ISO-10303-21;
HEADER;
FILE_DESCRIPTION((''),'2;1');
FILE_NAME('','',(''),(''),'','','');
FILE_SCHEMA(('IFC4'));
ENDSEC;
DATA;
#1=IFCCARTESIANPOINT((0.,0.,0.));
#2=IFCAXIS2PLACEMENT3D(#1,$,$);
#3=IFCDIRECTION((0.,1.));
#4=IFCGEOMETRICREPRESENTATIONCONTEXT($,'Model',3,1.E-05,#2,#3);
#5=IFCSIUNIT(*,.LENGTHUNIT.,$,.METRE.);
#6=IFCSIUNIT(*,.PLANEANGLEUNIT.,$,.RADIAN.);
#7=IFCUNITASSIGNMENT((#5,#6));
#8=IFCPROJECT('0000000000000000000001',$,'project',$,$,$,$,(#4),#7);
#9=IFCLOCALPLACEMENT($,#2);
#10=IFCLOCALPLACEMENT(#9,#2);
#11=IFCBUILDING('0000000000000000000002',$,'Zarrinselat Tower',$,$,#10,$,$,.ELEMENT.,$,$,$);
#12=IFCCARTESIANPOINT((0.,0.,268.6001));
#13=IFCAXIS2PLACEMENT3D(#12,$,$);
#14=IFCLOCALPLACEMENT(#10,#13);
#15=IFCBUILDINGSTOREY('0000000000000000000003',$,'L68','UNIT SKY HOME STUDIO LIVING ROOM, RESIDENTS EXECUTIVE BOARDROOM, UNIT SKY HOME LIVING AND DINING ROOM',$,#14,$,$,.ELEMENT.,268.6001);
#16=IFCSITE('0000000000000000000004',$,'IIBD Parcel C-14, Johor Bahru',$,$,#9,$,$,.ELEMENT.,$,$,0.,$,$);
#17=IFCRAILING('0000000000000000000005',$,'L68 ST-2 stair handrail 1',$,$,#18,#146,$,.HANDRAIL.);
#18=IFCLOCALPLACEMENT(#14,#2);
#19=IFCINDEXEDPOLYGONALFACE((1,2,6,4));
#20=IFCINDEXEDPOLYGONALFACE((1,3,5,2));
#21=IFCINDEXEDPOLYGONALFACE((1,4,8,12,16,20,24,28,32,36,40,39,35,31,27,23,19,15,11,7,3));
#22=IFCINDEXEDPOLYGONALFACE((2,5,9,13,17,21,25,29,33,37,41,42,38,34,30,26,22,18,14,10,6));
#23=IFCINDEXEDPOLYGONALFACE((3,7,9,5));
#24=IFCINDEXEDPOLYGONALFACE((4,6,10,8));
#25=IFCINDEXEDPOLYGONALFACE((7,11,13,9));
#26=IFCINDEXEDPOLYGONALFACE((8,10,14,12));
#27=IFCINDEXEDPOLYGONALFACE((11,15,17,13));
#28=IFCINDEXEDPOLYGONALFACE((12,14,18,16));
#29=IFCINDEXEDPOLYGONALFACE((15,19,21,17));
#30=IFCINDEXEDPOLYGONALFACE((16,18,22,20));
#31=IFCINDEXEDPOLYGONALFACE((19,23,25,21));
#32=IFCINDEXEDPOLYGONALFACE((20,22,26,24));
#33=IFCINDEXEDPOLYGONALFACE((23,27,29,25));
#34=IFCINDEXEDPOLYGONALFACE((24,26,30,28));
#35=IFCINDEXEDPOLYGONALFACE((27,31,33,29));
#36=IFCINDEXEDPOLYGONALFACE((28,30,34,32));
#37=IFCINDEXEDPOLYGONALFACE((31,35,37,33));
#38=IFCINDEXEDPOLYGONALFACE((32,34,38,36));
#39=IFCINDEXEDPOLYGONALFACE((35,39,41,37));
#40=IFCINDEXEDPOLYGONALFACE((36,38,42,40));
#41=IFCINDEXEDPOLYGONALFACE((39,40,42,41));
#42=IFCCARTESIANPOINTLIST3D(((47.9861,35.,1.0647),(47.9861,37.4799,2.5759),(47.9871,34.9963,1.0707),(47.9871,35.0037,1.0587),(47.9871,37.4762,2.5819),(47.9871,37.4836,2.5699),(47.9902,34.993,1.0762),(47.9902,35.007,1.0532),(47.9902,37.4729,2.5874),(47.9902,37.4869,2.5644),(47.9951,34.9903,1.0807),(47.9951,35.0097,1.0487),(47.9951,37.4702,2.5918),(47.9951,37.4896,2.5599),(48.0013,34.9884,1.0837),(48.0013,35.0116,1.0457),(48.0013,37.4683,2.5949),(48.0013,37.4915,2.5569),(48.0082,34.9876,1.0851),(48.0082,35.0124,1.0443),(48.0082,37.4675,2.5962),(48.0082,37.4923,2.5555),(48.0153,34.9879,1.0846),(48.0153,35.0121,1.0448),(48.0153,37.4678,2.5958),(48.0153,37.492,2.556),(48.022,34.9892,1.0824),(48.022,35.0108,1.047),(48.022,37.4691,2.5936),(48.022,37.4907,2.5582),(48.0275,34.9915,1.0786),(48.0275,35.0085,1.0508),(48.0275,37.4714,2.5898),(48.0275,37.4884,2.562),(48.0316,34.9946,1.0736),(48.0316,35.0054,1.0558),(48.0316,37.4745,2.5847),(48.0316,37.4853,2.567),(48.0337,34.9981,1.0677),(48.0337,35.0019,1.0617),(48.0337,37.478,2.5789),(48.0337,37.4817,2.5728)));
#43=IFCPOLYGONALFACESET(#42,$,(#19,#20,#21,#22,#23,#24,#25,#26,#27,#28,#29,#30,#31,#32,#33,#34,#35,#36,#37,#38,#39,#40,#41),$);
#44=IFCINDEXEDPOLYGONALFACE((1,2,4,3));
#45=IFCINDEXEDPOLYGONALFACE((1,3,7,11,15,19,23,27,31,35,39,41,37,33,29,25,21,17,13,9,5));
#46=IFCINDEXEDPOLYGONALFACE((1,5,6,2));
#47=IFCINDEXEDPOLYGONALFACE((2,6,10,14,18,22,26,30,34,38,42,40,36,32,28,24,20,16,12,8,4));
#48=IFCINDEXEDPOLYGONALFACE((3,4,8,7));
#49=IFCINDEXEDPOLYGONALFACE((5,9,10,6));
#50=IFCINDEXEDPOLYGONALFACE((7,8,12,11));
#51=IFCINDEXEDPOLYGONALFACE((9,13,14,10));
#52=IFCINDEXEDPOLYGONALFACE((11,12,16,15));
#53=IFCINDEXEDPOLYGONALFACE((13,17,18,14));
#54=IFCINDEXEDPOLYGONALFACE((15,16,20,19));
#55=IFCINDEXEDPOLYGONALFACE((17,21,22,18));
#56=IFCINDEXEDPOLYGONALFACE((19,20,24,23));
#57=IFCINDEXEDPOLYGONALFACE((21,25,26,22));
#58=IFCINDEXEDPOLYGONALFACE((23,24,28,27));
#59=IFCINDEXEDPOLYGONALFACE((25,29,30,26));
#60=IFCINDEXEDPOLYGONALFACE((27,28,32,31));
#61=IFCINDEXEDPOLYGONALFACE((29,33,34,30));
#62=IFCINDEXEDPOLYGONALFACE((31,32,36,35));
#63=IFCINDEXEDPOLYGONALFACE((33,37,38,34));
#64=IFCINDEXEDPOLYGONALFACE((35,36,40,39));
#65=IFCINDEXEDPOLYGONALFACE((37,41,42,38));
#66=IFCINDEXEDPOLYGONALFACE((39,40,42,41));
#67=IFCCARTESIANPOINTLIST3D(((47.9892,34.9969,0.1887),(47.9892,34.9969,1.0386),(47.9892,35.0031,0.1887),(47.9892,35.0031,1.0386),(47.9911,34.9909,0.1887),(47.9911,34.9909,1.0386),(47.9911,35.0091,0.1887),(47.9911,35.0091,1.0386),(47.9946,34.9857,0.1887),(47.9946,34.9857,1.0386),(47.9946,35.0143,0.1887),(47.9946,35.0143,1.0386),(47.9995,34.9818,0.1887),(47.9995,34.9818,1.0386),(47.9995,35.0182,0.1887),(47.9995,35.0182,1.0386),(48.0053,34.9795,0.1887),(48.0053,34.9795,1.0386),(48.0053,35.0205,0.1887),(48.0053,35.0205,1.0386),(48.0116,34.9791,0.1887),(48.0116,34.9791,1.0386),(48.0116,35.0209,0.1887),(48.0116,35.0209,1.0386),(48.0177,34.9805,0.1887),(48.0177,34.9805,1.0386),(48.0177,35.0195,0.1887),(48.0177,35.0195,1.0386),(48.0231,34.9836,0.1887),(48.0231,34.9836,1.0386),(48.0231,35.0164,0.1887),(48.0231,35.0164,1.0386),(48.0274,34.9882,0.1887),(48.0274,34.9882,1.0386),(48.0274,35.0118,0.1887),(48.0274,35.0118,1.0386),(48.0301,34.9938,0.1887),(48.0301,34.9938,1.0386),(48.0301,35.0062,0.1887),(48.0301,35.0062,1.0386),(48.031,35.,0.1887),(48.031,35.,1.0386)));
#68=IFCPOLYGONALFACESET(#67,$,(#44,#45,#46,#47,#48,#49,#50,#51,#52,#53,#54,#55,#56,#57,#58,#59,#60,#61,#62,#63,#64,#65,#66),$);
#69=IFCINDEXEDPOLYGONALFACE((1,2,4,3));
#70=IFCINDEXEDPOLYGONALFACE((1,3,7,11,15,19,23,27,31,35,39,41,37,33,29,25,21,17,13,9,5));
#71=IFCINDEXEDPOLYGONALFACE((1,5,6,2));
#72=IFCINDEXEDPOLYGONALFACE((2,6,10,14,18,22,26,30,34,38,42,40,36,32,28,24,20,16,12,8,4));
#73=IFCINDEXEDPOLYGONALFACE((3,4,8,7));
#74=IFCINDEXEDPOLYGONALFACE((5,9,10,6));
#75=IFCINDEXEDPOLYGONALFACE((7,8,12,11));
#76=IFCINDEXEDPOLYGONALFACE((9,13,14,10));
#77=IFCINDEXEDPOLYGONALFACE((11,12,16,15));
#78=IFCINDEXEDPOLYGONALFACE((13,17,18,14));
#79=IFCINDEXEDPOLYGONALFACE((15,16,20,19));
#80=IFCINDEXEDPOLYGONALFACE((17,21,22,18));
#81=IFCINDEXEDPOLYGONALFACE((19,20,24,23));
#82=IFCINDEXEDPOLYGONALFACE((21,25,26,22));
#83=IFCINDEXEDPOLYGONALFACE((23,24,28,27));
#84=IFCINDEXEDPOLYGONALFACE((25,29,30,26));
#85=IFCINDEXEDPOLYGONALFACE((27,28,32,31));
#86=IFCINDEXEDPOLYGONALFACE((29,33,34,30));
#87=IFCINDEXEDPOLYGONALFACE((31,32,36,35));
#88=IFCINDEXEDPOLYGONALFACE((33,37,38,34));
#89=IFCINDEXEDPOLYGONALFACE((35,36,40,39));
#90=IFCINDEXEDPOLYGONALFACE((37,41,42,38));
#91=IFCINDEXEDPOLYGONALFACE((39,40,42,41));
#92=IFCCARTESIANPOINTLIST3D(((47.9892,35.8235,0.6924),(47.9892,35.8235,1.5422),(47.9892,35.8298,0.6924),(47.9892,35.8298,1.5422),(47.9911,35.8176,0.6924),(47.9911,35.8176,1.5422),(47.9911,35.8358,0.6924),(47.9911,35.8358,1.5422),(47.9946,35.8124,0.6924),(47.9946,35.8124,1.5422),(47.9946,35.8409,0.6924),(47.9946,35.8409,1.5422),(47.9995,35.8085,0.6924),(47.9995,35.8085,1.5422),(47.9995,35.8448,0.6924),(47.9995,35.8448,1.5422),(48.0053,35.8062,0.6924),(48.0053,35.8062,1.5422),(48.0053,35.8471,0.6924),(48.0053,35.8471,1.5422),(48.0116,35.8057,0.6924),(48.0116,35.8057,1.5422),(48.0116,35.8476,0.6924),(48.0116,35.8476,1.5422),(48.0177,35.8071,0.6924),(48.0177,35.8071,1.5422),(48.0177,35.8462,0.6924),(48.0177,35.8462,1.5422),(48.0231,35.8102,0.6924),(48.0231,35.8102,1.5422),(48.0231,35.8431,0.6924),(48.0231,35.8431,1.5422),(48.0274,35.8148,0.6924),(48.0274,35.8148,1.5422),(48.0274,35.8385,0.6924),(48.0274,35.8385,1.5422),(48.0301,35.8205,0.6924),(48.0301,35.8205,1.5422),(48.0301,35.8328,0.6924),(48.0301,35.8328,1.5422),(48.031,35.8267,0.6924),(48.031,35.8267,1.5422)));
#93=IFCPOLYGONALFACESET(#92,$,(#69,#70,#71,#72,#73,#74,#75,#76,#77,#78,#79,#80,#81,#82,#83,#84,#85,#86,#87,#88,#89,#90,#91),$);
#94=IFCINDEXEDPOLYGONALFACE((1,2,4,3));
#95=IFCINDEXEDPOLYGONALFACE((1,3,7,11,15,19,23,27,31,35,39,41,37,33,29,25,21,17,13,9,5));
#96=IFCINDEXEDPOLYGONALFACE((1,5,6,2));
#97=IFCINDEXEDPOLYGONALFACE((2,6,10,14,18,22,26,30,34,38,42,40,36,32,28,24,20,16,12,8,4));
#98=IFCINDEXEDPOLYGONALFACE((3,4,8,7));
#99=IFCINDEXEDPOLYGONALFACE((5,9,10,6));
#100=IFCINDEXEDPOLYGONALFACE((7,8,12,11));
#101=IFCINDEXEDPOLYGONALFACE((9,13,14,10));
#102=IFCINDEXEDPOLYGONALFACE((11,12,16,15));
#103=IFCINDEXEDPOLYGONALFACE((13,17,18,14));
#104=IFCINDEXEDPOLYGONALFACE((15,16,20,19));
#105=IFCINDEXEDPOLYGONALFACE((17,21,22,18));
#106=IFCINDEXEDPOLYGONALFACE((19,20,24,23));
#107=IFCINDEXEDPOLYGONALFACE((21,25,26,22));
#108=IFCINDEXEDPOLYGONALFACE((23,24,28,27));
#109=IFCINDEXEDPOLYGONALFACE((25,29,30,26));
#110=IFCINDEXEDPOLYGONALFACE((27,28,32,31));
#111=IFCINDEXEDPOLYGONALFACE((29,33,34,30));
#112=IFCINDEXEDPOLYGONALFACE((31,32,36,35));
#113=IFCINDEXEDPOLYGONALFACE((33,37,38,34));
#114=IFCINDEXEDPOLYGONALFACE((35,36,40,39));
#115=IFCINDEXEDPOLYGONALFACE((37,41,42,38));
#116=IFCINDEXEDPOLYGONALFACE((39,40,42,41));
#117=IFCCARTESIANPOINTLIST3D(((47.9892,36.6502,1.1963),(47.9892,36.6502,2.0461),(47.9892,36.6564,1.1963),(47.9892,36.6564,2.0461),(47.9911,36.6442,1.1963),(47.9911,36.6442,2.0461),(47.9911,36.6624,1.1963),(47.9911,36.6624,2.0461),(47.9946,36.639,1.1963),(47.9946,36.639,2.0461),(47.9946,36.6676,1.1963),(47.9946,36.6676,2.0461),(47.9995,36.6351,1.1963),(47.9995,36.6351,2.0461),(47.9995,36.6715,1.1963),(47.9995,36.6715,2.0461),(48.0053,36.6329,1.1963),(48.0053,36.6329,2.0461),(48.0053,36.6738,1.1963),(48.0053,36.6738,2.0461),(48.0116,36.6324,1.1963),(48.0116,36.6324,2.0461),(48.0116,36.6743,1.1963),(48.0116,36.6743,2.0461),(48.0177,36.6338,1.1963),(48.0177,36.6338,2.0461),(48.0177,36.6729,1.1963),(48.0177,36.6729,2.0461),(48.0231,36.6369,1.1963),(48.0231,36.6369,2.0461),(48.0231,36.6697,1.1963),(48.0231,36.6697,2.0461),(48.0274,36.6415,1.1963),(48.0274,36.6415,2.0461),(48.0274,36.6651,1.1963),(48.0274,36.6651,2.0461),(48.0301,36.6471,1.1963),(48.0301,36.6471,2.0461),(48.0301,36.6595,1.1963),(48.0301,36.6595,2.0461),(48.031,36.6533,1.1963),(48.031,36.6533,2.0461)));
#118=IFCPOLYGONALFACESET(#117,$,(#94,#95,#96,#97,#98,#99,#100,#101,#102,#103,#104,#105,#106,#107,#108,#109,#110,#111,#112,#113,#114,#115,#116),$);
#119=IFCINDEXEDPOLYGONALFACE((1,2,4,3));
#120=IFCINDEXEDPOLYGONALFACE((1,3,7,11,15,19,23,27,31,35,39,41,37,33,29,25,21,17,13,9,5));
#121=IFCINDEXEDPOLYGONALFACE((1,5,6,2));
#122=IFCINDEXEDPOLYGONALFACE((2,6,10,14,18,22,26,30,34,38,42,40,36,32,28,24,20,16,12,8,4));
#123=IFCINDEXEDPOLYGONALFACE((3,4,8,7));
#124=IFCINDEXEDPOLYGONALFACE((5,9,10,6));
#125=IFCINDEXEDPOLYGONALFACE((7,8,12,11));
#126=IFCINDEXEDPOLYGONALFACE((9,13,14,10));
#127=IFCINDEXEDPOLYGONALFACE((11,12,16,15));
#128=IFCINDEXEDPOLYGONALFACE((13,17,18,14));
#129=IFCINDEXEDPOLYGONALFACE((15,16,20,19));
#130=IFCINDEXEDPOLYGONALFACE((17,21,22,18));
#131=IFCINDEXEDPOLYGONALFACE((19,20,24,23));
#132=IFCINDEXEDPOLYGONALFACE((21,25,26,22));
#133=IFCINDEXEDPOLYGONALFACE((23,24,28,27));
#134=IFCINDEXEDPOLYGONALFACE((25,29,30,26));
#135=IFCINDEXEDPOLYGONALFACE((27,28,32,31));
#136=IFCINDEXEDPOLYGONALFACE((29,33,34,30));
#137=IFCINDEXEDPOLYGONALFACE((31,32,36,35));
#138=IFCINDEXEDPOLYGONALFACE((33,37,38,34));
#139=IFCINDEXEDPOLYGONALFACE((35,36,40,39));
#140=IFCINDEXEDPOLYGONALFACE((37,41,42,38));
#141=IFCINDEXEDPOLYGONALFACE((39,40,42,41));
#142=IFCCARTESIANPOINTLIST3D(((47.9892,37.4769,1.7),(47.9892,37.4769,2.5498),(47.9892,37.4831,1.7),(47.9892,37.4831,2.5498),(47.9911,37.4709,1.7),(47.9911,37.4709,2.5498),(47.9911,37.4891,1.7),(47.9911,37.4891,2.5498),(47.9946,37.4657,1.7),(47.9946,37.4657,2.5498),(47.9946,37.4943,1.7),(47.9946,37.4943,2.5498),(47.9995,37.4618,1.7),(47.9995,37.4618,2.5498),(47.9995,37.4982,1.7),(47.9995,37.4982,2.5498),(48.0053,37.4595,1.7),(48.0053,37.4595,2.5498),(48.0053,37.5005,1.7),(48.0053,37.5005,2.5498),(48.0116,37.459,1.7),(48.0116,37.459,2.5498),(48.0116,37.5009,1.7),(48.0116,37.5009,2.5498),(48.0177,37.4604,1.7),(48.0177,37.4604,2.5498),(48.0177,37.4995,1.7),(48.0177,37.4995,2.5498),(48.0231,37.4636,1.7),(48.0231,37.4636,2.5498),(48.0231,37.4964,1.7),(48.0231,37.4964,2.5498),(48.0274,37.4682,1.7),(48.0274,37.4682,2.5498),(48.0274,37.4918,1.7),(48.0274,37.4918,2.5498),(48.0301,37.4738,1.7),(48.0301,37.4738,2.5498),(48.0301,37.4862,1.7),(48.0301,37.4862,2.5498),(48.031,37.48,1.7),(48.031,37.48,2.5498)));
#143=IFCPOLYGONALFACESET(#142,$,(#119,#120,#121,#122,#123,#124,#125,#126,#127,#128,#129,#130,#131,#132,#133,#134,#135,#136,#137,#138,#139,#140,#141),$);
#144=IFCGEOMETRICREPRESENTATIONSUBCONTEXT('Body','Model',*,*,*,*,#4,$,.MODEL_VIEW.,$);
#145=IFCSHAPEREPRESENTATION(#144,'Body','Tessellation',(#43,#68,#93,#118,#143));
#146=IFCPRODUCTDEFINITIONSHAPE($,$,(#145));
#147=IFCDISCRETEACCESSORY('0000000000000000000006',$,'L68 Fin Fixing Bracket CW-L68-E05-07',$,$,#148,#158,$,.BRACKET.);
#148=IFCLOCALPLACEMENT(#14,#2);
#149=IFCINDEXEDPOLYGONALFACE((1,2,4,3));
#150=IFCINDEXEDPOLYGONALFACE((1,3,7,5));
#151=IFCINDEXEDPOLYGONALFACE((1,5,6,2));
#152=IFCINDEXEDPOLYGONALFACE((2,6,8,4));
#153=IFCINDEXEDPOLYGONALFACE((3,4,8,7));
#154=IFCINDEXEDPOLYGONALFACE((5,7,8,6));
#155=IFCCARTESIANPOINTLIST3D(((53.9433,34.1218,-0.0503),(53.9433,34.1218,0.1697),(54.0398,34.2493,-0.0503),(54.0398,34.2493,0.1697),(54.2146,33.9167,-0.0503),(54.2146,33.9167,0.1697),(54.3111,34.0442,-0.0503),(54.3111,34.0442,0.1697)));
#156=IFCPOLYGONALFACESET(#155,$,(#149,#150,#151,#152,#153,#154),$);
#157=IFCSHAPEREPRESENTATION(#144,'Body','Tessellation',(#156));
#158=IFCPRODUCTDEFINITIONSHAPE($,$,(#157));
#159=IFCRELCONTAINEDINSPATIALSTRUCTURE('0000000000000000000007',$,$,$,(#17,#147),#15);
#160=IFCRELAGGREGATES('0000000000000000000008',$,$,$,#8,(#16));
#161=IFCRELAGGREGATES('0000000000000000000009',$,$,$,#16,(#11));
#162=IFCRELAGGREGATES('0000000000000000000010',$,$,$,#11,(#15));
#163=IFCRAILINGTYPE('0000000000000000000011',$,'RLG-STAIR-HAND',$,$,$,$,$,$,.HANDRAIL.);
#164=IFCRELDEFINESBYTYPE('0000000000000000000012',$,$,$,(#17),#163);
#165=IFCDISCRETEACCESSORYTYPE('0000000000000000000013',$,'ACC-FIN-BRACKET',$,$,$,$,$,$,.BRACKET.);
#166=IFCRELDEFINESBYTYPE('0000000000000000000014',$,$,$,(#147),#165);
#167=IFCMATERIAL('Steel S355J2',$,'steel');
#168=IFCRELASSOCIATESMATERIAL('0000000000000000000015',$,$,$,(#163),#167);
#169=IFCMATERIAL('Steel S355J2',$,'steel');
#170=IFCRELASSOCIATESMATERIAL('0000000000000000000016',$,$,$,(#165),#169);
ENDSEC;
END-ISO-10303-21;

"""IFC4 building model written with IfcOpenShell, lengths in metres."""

from ifc_helpers import new_model, si_unit, direction, frame, origin, origin_2d, place, context, subcontext, project, spatial, rectangle, circle, extrude, material, type_object, element, save


model = new_model("IFC4")

# Units and contexts
model_context = context("Model", 3, precision=1e-05, world=origin(), true_north=direction((0.0, 1.0)))
body_context = subcontext(model_context, "Body", "Model", "MODEL_VIEW")
ifc_project = project(units=[si_unit("LENGTHUNIT", "METRE"), si_unit("PLANEANGLEUNIT", "RADIAN")], contexts=[model_context])

# Site, building, storey
site_placement = place(None, origin())
site = spatial("IfcSite", under=ifc_project, at=site_placement, Name="IIBD Parcel C-14, Johor Bahru", CompositionType="ELEMENT", RefElevation=0.0)
building_placement = place(site_placement, origin())
building = spatial("IfcBuilding", under=site, at=building_placement, Name="Zarrinselat Tower", CompositionType="ELEMENT")
storey_placement = place(building_placement, frame((0.0, 0.0, 268.6001)))
storey = spatial("IfcBuildingStorey", under=building, at=storey_placement, Name="L68", Description="UNIT SKY HOME STUDIO LIVING ROOM, RESIDENTS EXECUTIVE BOARDROOM, UNIT SKY HOME LIVING AND DINING ROOM", CompositionType="ELEMENT", Elevation=268.6001)

# Railing
ifc_material_1 = material(Name="Steel S355J2", Category="steel")
railing_type_1 = type_object("IfcRailingType", Name="RLG-STAIR-HAND", PredefinedType="HANDRAIL", material=ifc_material_1)
railing_1_placement = place(storey_placement, frame((48.01, 35.0, 0.1887)))
element("IfcRailing", 1, at=railing_1_placement, inside=storey, type_object=railing_type_1, Name="L68 ST-2 stair handrail 1", PredefinedType="HANDRAIL", context=body_context, shape_type="SweptSolid", body=[
    extrude(circle(Radius=0.0239, at=origin_2d()), frame((0.0, 0.0, 0.876), z_axis=(0.0, 0.853942, 0.520368), x_axis=(-1.0, 0.0, 0.0)), (0.0, 0.0, 1.0), 2.9041),
    extrude(circle(Radius=0.021, at=origin_2d()), origin(), (0.0, 0.0, 1.0), 0.8499),
    extrude(circle(Radius=0.021, at=origin_2d()), frame((0.0, 0.8267, 0.5037)), (0.0, 0.0, 1.0), 0.8499),
    extrude(circle(Radius=0.021, at=origin_2d()), frame((0.0, 1.6533, 1.0076)), (0.0, 0.0, 1.0), 0.8499),
    extrude(circle(Radius=0.021, at=origin_2d()), frame((0.0, 2.48, 1.5112)), (0.0, 0.0, 1.0), 0.8499),
])

# Discrete accessory
ifc_material_2 = material(Name="Steel S355J2", Category="steel")
discrete_accessory_type = type_object("IfcDiscreteAccessoryType", Name="ACC-FIN-BRACKET", PredefinedType="BRACKET", material=ifc_material_2)
discrete_accessory_placement = place(storey_placement, frame((54.1272, 34.083, -0.0503), z_axis=(0.0, 0.0, 1.0), x_axis=(0.797613, -0.60317, 0.0)))
element("IfcDiscreteAccessory", 2, at=discrete_accessory_placement, inside=storey, type_object=discrete_accessory_type, Name="L68 Fin Fixing Bracket CW-L68-E05-07", PredefinedType="BRACKET", context=body_context, shape_type="SweptSolid", body=[
    extrude(rectangle(XDim=0.3401, YDim=0.1599, at=origin_2d()), origin(), (0.0, 0.0, 1.0), 0.22),
])

save(model, "model.ifc")
